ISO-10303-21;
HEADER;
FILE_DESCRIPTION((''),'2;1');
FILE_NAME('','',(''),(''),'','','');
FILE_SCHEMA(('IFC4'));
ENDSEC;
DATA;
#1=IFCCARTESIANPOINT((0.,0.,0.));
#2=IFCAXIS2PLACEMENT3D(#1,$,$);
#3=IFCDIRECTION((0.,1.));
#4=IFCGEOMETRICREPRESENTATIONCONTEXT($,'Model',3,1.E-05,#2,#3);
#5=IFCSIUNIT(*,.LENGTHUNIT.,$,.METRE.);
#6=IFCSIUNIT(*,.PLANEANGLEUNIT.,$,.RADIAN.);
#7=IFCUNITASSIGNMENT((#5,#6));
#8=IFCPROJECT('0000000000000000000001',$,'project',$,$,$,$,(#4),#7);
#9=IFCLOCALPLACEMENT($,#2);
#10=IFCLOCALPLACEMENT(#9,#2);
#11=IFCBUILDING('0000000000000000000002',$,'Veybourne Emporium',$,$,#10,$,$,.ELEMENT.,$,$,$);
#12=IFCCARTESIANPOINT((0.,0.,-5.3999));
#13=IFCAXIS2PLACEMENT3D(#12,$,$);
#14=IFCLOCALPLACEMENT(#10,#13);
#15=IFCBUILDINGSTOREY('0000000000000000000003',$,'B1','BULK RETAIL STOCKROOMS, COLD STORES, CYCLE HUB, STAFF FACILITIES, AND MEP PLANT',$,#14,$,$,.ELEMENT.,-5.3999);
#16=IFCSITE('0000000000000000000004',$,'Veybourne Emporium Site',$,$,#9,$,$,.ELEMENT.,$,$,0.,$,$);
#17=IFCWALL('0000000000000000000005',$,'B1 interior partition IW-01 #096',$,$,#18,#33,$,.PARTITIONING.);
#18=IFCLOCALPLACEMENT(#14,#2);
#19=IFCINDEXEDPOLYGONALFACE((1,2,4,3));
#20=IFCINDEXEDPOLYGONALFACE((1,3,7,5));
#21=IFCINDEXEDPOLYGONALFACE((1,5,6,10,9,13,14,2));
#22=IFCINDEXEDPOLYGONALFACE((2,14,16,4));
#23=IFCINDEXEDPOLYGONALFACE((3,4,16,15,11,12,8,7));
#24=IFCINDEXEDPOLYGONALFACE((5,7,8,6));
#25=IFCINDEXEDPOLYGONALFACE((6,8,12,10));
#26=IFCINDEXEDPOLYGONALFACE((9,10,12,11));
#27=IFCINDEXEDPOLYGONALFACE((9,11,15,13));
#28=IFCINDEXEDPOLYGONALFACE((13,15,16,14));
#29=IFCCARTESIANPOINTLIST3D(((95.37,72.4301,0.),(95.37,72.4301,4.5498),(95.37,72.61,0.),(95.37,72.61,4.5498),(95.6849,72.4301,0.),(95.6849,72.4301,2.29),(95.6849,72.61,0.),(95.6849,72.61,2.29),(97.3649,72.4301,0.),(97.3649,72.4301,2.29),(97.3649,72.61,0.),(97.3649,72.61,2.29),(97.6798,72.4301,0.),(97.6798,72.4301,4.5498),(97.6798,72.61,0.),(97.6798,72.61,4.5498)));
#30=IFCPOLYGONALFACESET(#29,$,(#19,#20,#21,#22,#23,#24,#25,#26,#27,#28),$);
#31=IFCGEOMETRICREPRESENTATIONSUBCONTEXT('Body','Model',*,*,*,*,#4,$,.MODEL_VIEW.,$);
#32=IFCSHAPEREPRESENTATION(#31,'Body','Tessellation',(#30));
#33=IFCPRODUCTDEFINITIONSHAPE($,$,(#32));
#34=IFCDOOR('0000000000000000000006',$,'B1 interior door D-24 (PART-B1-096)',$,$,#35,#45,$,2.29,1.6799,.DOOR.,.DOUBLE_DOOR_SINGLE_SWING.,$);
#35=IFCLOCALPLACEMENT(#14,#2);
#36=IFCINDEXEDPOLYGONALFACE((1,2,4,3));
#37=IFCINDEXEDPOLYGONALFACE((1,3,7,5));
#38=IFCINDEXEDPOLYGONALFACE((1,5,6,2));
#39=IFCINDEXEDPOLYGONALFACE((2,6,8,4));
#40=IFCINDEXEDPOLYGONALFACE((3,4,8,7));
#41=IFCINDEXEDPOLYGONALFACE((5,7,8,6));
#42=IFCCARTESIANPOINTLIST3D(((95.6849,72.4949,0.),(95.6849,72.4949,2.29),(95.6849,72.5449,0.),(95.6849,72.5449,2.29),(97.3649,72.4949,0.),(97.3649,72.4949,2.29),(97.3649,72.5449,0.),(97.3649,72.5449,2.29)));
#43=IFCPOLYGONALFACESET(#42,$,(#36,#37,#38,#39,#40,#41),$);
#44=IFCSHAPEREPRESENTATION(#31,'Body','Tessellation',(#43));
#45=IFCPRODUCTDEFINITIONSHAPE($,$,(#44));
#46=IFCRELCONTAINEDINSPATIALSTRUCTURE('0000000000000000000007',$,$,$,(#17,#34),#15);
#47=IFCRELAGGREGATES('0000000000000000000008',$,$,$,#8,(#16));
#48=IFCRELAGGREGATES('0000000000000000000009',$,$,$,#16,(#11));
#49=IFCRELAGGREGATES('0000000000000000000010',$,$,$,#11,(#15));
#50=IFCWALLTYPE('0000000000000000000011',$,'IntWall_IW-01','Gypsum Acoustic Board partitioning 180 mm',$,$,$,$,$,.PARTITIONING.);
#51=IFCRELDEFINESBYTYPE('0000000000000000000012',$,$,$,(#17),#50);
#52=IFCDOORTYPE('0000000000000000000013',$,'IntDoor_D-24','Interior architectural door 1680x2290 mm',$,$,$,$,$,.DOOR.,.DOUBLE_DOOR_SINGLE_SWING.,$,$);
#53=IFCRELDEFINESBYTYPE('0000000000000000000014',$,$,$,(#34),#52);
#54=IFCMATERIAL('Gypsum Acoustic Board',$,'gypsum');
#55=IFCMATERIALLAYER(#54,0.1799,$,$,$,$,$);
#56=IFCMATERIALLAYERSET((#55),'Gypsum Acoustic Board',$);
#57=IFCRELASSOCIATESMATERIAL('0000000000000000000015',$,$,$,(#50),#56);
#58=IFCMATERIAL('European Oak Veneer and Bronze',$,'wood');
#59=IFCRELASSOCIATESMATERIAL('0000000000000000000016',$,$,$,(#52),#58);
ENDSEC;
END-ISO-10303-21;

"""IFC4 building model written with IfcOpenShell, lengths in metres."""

from ifc_helpers import new_model, si_unit, direction, frame, frame_2d, origin, place, context, subcontext, project, spatial, rectangle, extrude, material, layer, layer_set, type_object, element, fill, save


model = new_model("IFC4")

# Units and contexts
model_context = context("Model", 3, precision=1e-05, world=origin(), true_north=direction((0.0, 1.0)))
body_context = subcontext(model_context, "Body", "Model", "MODEL_VIEW")
ifc_project = project(units=[si_unit("LENGTHUNIT", "METRE"), si_unit("PLANEANGLEUNIT", "RADIAN")], contexts=[model_context])

# Site, building, storey
site_placement = place(None, origin())
site = spatial("IfcSite", under=ifc_project, at=site_placement, Name="Veybourne Emporium Site", CompositionType="ELEMENT", RefElevation=0.0)
building_placement = place(site_placement, origin())
building = spatial("IfcBuilding", under=site, at=building_placement, Name="Veybourne Emporium", CompositionType="ELEMENT")
storey_placement = place(building_placement, frame((0.0, 0.0, -5.3999)))
storey = spatial("IfcBuildingStorey", under=building, at=storey_placement, Name="B1", Description="BULK RETAIL STOCKROOMS, COLD STORES, CYCLE HUB, STAFF FACILITIES, AND MEP PLANT", CompositionType="ELEMENT", Elevation=-5.3999)

# Wall, opening, door
ifc_material_1 = material(Name="Gypsum Acoustic Board", Category="gypsum")
ifc_layer_1 = layer(ifc_material_1, 0.1799)
ifc_layer_set_1 = layer_set([ifc_layer_1], Name="Gypsum Acoustic Board")
wall_type_1 = type_object("IfcWallType", Name="IntWall_IW-01", Description="Gypsum Acoustic Board partitioning 180 mm", PredefinedType="PARTITIONING", material=ifc_layer_set_1)
wall_1_placement = place(storey_placement, frame((95.3701, 72.52, 0.0), z_axis=(0.0, 0.0, 1.0), x_axis=(1.0, 0.0, 0.0)))
wall_1 = element("IfcWall", 1, at=wall_1_placement, inside=storey, type_object=wall_type_1, Name="B1 interior partition IW-01 #096", PredefinedType="PARTITIONING", context=body_context, shape_type="SweptSolid", body=[
    extrude(rectangle(XDim=2.3098, YDim=0.1799, at=frame_2d((1.1548, 0.0))), origin(), (0.0, 0.0, 1.0), 4.5498),
])
opening_1_placement = place(wall_1_placement, frame((0.3149, 0.0, 0.0)))
opening_1 = element("IfcOpeningElement", 2, at=opening_1_placement, cuts=wall_1, PredefinedType="OPENING", context=body_context, shape_type="SweptSolid", body=[
    extrude(rectangle(XDim=1.6799, YDim=2.29, at=frame_2d((0.8398, 1.145))), frame((0.0, 0.1099, 0.0), z_axis=(0.0, -1.0, 0.0), x_axis=(1.0, 0.0, 0.0)), (0.0, 0.0, 1.0), 0.22),
])
ifc_material_2 = material(Name="European Oak Veneer and Bronze", Category="wood")
door_type_1 = type_object("IfcDoorType", Name="IntDoor_D-24", Description="Interior architectural door 1680x2290 mm", OperationType="DOUBLE_DOOR_SINGLE_SWING", PredefinedType="DOOR", material=ifc_material_2)
door_1_placement = place(opening_1_placement, origin())
door_1 = element("IfcDoor", 3, at=door_1_placement, inside=storey, type_object=door_type_1, Name="B1 interior door D-24 (PART-B1-096)", OperationType="DOUBLE_DOOR_SINGLE_SWING", OverallHeight=2.29, OverallWidth=1.6799, PredefinedType="DOOR", context=body_context, shape_type="SweptSolid", body=[
    extrude(rectangle(XDim=1.6799, YDim=2.29, at=frame_2d((0.8398, 1.145))), frame((0.0, 0.0249, 0.0), z_axis=(0.0, -1.0, 0.0), x_axis=(1.0, 0.0, 0.0)), (0.0, 0.0, 1.0), 0.05),
])
fill(opening_1, door_1)

save(model, "model.ifc")
